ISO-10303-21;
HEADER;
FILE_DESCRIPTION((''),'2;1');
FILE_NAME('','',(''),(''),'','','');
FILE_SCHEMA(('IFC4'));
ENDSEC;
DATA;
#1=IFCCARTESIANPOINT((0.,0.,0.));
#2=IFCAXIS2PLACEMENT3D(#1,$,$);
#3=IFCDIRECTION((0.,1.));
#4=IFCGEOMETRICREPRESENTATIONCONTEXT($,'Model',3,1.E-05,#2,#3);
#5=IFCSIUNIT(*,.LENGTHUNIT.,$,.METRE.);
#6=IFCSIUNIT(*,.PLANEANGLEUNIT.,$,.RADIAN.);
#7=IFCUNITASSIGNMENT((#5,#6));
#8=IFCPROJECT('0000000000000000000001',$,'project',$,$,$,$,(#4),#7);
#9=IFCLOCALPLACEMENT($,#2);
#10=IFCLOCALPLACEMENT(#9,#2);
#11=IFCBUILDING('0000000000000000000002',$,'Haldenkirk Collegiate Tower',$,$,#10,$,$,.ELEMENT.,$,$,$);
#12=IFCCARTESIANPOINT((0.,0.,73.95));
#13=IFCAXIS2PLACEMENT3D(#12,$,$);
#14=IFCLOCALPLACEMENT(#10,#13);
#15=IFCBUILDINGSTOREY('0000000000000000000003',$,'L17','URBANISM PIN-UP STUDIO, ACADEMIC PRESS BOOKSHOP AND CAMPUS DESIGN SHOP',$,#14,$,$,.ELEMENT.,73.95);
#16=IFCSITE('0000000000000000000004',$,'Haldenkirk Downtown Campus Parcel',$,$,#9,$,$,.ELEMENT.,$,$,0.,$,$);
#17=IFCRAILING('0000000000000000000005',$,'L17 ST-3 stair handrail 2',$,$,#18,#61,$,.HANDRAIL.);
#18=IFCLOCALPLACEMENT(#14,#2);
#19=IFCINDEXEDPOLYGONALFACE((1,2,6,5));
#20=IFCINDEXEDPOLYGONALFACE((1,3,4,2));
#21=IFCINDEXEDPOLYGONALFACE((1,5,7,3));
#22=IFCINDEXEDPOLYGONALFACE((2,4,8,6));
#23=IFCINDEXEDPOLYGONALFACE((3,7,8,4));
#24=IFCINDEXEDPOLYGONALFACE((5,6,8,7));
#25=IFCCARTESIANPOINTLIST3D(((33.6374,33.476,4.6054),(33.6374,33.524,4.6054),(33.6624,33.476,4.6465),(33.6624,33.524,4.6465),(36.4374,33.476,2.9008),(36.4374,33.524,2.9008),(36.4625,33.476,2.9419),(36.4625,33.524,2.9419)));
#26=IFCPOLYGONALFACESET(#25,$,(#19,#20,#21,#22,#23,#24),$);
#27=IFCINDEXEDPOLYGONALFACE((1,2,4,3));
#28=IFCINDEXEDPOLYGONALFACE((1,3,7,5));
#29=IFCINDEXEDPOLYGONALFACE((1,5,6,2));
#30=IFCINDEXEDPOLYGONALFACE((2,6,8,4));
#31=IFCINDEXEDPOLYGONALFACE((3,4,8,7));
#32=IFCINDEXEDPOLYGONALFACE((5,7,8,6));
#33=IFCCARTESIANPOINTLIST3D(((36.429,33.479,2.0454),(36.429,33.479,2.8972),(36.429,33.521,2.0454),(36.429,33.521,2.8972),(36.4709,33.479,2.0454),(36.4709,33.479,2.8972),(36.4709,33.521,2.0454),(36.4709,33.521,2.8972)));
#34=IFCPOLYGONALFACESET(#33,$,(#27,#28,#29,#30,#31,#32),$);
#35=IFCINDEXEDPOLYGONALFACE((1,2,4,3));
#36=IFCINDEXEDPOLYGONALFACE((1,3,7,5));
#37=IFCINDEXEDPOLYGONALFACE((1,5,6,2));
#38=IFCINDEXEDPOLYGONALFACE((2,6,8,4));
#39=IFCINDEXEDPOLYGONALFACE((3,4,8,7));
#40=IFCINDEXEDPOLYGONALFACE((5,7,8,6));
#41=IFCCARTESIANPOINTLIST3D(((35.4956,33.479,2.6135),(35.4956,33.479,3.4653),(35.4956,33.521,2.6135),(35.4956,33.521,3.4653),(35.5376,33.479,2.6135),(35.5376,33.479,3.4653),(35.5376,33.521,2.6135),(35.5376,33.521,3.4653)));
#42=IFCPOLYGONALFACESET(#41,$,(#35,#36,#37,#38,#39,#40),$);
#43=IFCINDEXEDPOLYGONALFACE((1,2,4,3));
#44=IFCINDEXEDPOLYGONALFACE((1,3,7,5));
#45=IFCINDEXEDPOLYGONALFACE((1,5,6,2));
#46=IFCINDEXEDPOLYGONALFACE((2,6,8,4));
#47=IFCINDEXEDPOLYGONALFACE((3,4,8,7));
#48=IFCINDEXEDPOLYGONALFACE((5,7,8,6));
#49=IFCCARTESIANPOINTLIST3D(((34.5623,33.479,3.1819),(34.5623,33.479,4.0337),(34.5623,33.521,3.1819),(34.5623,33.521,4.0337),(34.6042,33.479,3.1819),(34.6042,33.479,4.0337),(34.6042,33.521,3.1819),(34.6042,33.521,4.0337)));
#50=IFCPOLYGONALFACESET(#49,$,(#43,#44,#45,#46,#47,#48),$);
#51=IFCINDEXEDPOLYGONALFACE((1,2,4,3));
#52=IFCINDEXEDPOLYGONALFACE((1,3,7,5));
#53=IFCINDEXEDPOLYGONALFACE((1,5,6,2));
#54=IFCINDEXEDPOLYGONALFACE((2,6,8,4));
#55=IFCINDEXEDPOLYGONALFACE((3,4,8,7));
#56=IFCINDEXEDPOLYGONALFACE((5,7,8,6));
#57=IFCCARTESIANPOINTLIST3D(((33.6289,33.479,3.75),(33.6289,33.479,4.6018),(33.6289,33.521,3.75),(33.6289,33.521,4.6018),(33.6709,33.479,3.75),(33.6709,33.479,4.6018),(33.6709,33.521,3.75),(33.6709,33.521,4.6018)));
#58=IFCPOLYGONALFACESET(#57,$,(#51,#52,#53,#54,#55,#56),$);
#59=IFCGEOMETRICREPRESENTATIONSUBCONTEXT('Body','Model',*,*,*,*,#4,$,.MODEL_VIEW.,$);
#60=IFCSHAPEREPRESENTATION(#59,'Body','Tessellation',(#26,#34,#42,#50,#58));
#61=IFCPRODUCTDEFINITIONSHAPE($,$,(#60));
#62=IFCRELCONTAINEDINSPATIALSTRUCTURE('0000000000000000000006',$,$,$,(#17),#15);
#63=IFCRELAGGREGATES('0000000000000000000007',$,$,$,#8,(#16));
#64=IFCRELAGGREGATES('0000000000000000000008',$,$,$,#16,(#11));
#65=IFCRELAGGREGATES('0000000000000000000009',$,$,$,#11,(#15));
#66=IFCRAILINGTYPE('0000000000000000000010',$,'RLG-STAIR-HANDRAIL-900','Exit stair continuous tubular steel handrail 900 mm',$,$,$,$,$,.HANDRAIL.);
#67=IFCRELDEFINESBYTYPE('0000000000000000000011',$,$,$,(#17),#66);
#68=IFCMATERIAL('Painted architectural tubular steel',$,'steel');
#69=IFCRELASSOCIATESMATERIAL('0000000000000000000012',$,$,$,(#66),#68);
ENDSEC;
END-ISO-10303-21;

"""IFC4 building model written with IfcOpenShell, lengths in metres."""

from ifc_helpers import new_model, si_unit, direction, frame, origin, origin_2d, place, context, subcontext, project, spatial, rectangle, extrude, material, type_object, element, save


model = new_model("IFC4")

# Units and contexts
model_context = context("Model", 3, precision=1e-05, world=origin(), true_north=direction((0.0, 1.0)))
body_context = subcontext(model_context, "Body", "Model", "MODEL_VIEW")
ifc_project = project(units=[si_unit("LENGTHUNIT", "METRE"), si_unit("PLANEANGLEUNIT", "RADIAN")], contexts=[model_context])

# Site, building, storey
site_placement = place(None, origin())
site = spatial("IfcSite", under=ifc_project, at=site_placement, Name="Haldenkirk Downtown Campus Parcel", CompositionType="ELEMENT", RefElevation=0.0)
building_placement = place(site_placement, origin())
building = spatial("IfcBuilding", under=site, at=building_placement, Name="Haldenkirk Collegiate Tower", CompositionType="ELEMENT")
storey_placement = place(building_placement, frame((0.0, 0.0, 73.95)))
storey = spatial("IfcBuildingStorey", under=building, at=storey_placement, Name="L17", Description="URBANISM PIN-UP STUDIO, ACADEMIC PRESS BOOKSHOP AND CAMPUS DESIGN SHOP", CompositionType="ELEMENT", Elevation=73.95)

# Railing
ifc_material_1 = material(Name="Painted architectural tubular steel", Category="steel")
railing_type_1 = type_object("IfcRailingType", Name="RLG-STAIR-HANDRAIL-900", Description="Exit stair continuous tubular steel handrail 900 mm", PredefinedType="HANDRAIL", material=ifc_material_1)
railing_1_placement = place(storey_placement, frame((36.45, 33.5, 2.0454)))
element("IfcRailing", 1, at=railing_1_placement, inside=storey, type_object=railing_type_1, Name="L17 ST-3 stair handrail 2", PredefinedType="HANDRAIL", context=body_context, shape_type="SweptSolid", body=[
    extrude(rectangle(XDim=0.0481, YDim=0.0481, at=origin_2d()), frame((0.0, 0.0, 0.876), z_axis=(-0.85417, 0.0, 0.519994), x_axis=(0.0, -1.0, 0.0)), (0.0, 0.0, 1.0), 3.2781),
    extrude(rectangle(XDim=0.042, YDim=0.042, at=origin_2d()), origin(), (0.0, 0.0, 1.0), 0.8518),
    extrude(rectangle(XDim=0.042, YDim=0.042, at=origin_2d()), frame((-0.9333, 0.0, 0.5681)), (0.0, 0.0, 1.0), 0.8518),
    extrude(rectangle(XDim=0.042, YDim=0.042, at=origin_2d()), frame((-1.8667, 0.0, 1.1365)), (0.0, 0.0, 1.0), 0.8518),
    extrude(rectangle(XDim=0.042, YDim=0.042, at=origin_2d()), frame((-2.8, 0.0, 1.7046)), (0.0, 0.0, 1.0), 0.8518),
])

save(model, "model.ifc")
